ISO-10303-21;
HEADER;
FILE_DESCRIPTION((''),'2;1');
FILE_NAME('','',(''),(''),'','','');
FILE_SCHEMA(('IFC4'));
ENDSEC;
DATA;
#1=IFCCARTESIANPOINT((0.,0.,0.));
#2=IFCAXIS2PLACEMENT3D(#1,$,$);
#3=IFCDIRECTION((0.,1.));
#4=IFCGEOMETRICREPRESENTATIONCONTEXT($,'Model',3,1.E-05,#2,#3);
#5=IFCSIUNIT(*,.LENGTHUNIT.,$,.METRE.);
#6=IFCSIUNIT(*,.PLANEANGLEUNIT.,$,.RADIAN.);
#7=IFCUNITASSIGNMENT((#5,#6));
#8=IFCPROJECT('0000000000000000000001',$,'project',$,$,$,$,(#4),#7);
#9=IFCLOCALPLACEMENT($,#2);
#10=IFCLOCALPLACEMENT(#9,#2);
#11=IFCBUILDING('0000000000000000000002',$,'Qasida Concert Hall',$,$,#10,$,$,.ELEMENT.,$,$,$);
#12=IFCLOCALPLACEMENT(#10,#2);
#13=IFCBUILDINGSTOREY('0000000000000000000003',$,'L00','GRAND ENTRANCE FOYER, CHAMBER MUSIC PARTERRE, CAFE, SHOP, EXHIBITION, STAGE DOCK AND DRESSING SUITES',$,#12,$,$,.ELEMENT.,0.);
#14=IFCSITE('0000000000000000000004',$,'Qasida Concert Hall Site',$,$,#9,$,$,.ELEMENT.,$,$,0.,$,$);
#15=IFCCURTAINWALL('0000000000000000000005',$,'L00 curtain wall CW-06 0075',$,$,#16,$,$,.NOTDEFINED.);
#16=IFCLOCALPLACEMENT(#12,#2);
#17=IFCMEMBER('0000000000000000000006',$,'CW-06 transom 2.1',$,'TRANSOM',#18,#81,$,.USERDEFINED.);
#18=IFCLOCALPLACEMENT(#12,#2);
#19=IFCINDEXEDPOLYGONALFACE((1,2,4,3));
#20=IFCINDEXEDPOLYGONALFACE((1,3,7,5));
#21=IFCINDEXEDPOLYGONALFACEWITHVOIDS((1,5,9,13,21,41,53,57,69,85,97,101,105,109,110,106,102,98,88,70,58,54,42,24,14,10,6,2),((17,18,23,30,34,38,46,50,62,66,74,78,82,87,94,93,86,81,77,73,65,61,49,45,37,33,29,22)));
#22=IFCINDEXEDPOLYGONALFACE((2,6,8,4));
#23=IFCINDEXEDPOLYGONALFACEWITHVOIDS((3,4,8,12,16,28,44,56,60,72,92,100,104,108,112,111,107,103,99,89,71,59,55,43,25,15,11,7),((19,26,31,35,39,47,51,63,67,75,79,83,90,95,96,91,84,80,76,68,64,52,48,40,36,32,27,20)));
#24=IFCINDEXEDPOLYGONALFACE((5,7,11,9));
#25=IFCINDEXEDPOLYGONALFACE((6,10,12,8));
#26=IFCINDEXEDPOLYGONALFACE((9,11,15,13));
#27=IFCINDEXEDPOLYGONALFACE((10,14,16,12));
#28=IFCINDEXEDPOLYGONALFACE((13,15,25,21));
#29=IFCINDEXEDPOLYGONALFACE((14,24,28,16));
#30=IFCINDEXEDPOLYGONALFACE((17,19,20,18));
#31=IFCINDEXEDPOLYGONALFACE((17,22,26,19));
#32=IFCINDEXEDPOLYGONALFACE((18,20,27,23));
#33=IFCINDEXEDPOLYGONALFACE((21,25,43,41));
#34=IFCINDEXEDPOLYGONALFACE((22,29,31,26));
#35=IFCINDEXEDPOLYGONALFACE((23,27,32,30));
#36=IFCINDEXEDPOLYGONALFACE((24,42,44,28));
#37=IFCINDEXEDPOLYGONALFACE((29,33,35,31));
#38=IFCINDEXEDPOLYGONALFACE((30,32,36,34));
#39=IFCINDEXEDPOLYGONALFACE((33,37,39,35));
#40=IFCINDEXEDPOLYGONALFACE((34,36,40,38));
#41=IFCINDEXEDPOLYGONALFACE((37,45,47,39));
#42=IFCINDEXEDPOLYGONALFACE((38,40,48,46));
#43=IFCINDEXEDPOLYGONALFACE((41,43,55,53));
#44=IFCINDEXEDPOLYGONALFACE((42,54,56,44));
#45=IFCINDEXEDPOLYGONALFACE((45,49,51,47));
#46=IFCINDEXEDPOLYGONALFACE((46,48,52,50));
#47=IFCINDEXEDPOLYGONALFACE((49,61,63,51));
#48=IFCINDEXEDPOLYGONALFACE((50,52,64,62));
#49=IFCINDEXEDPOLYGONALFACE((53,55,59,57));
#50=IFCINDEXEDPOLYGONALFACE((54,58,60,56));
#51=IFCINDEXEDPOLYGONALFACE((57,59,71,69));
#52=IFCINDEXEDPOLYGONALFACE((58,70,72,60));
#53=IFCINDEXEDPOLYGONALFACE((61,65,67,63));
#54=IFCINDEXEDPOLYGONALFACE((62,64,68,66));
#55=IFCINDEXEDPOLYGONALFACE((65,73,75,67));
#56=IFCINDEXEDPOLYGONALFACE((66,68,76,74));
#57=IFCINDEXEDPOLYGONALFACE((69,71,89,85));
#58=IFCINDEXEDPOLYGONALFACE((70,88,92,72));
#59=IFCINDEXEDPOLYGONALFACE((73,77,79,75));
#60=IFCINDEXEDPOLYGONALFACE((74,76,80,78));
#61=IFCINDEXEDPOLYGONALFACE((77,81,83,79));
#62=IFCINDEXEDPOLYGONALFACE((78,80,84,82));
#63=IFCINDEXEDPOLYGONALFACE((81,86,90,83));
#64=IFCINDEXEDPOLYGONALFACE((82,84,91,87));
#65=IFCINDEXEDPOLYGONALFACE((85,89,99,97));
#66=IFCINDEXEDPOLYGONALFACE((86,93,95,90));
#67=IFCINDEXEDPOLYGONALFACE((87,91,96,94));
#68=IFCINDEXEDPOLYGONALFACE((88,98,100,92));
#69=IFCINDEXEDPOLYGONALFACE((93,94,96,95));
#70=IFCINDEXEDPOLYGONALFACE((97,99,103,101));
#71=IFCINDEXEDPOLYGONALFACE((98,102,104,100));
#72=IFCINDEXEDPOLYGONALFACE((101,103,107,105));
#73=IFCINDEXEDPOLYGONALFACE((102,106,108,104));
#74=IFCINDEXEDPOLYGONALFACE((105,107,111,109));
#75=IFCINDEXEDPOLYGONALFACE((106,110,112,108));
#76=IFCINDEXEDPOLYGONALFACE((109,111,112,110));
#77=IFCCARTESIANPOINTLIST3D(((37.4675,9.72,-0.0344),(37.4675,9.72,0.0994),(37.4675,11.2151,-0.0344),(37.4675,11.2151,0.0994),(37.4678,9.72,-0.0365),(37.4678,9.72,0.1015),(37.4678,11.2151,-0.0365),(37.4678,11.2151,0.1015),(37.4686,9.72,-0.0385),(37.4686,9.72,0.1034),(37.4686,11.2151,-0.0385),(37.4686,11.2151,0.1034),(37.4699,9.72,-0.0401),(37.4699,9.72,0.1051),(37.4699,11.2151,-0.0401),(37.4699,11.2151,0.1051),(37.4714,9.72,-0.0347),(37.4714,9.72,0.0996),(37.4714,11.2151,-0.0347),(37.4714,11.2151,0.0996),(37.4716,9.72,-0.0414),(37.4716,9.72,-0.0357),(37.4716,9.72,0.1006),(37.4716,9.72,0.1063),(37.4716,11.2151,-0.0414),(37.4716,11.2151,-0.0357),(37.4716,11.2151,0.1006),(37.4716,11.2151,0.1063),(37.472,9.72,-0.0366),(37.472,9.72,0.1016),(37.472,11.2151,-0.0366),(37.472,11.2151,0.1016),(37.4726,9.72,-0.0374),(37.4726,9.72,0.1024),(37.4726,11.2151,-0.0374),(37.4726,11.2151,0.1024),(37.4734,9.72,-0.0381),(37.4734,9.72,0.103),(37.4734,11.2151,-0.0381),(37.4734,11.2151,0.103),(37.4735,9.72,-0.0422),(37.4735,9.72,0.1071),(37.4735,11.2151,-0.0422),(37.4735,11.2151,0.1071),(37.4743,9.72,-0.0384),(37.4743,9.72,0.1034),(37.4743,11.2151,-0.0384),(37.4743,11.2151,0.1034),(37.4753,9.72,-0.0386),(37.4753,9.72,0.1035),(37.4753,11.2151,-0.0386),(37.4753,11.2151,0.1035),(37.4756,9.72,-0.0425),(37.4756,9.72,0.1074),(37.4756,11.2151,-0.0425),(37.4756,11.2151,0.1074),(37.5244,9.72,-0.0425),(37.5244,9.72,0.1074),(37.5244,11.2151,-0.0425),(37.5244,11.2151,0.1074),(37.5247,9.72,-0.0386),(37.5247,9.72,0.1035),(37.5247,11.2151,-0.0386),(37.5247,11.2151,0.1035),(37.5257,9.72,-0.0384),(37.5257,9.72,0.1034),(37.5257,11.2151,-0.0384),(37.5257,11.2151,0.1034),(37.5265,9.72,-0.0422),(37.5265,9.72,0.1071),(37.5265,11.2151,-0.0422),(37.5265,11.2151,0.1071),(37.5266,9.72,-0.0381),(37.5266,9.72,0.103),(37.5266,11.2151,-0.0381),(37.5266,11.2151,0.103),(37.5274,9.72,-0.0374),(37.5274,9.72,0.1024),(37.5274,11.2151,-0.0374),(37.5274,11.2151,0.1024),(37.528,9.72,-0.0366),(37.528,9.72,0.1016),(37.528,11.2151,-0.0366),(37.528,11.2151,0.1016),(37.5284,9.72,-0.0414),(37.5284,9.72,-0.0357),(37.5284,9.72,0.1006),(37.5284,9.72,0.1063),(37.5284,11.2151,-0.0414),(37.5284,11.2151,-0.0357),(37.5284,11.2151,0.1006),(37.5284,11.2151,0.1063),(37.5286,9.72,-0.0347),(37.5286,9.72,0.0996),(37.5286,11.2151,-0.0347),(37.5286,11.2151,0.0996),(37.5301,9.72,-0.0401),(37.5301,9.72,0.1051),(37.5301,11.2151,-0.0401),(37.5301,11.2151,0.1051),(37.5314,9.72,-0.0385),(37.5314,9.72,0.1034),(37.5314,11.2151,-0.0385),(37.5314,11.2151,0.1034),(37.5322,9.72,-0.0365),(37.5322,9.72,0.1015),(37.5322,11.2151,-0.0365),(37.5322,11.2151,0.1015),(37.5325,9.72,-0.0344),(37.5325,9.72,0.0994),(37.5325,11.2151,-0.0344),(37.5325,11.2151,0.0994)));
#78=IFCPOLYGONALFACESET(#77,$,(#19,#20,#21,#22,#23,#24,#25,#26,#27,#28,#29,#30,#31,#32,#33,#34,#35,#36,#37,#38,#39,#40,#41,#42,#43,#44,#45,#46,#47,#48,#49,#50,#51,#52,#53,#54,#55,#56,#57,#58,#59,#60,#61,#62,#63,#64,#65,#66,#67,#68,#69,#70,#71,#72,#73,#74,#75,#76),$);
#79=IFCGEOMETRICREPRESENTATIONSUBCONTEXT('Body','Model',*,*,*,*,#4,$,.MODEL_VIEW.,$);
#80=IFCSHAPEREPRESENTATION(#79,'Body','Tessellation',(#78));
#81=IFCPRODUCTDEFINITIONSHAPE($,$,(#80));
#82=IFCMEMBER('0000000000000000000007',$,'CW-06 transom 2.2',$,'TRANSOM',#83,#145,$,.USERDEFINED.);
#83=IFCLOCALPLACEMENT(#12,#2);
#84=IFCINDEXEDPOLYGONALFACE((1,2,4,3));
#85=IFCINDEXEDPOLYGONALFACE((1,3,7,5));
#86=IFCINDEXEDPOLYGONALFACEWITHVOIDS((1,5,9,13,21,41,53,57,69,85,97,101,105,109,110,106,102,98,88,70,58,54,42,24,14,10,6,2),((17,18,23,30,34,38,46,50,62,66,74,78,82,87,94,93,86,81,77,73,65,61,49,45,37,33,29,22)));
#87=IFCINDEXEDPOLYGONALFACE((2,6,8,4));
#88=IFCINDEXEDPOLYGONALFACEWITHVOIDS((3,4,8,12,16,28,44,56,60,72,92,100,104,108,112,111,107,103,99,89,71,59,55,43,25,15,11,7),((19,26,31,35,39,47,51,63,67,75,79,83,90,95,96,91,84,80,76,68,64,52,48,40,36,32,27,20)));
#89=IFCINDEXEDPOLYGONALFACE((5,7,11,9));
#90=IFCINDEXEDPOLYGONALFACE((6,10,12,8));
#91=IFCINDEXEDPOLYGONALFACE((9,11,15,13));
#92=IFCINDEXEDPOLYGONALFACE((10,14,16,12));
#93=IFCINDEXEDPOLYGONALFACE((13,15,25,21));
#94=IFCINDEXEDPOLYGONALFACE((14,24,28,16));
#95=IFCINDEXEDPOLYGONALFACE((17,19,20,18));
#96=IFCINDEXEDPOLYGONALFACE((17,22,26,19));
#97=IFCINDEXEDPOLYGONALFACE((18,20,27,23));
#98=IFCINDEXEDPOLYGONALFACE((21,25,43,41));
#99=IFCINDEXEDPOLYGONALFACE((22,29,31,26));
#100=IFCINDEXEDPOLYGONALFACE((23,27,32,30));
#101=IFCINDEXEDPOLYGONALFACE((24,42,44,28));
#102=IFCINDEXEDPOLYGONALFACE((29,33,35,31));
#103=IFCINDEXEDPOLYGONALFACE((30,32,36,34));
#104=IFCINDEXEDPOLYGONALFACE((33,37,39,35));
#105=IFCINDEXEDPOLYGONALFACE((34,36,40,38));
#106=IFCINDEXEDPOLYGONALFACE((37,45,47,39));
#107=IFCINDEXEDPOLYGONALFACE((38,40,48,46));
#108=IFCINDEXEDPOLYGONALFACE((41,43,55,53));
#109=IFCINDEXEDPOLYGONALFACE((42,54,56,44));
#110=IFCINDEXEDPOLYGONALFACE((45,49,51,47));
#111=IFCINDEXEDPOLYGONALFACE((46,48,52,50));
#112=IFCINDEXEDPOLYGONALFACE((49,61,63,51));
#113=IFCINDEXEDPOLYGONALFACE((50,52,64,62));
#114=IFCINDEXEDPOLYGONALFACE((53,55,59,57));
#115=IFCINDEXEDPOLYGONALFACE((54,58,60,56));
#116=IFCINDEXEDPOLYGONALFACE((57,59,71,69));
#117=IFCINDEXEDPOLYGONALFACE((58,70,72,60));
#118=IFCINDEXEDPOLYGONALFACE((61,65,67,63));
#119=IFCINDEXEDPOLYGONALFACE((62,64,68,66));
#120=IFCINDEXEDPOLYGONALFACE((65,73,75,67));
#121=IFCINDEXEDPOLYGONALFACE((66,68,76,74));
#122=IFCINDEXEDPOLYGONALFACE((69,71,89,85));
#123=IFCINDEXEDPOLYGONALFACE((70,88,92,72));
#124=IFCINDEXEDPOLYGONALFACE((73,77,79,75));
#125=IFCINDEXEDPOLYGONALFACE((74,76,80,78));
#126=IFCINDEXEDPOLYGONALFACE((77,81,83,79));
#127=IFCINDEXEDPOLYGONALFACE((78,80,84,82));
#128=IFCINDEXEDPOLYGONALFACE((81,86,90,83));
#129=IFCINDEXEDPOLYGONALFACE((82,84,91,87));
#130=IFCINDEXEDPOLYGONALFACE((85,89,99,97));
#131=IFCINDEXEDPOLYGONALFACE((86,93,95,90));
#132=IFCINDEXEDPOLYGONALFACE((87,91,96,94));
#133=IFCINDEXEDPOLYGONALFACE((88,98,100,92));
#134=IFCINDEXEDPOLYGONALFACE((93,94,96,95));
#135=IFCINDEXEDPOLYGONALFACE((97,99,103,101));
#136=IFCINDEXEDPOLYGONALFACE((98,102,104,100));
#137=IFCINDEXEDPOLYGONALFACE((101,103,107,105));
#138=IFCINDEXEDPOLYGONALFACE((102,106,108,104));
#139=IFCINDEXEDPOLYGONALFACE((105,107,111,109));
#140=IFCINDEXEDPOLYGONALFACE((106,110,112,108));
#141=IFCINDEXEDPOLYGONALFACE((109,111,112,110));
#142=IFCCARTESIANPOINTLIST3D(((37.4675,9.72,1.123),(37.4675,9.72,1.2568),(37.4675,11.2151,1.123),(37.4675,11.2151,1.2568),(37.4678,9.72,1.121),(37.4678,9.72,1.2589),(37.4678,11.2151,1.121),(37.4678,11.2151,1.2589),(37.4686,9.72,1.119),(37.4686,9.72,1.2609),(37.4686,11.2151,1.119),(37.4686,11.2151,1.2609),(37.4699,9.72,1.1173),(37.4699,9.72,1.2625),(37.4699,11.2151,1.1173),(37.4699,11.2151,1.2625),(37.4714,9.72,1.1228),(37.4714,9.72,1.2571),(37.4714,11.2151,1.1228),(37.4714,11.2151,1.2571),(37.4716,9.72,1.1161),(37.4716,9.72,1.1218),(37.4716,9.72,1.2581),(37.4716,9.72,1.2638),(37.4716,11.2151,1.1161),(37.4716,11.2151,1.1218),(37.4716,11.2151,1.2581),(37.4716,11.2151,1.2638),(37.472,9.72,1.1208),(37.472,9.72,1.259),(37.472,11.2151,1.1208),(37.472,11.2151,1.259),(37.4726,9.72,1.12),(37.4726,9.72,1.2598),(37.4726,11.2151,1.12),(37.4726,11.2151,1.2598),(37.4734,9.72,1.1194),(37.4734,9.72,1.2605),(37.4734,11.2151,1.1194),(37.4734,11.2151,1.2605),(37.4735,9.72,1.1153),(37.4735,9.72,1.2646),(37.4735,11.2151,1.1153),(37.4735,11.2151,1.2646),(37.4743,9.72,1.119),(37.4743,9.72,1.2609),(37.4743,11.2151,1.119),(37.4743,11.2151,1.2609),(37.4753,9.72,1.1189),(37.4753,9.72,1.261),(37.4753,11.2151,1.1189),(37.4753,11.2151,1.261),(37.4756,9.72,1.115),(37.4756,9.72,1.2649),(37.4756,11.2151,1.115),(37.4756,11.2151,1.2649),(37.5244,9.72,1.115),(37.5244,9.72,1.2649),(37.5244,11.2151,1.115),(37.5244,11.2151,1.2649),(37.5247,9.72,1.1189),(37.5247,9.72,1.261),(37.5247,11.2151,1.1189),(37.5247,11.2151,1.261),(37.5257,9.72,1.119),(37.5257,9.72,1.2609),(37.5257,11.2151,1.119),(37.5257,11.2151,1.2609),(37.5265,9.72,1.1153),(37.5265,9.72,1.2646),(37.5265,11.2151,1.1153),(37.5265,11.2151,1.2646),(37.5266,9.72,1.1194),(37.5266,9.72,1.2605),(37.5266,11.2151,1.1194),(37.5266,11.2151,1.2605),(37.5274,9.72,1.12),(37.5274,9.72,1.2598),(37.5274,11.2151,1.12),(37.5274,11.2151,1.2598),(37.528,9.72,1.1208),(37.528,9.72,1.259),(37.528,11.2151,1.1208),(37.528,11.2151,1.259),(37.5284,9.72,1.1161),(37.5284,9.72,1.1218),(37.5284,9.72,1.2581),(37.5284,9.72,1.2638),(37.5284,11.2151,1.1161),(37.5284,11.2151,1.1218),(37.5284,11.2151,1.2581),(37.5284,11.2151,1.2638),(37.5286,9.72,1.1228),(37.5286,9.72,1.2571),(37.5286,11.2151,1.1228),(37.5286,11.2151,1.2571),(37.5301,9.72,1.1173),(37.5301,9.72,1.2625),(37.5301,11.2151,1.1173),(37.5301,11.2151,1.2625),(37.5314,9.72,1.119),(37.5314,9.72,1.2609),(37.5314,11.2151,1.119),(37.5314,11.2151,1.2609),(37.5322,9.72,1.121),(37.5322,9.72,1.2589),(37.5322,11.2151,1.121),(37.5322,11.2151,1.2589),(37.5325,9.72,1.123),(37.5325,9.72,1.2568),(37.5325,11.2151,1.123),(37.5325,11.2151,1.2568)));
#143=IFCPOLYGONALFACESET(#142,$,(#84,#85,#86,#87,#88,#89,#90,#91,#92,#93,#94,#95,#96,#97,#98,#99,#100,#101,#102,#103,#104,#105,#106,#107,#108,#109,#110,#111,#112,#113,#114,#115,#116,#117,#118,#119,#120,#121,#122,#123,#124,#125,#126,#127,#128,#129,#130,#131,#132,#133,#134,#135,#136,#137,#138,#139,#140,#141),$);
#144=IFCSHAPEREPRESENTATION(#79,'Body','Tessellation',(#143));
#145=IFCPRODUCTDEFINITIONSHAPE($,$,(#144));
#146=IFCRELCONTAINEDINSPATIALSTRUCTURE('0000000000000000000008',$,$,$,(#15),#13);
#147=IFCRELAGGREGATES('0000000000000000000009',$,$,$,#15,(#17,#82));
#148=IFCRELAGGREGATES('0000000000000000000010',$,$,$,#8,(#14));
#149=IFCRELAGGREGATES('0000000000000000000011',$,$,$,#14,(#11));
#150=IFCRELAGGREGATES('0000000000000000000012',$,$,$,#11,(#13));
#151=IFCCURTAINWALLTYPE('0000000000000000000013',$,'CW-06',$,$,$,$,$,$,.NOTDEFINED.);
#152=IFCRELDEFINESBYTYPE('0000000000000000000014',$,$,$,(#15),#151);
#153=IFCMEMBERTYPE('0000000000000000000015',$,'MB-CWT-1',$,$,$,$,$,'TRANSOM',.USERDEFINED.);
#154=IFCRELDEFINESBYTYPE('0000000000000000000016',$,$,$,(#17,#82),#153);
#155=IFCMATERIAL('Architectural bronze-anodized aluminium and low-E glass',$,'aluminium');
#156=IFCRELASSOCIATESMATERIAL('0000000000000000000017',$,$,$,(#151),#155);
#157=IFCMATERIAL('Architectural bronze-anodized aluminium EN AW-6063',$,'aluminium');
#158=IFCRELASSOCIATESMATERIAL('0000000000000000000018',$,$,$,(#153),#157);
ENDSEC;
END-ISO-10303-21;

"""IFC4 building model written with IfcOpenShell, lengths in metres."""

from ifc_helpers import new_model, si_unit, direction, frame, origin, origin_2d, place, context, subcontext, project, spatial, hollow_rectangle, extrude, material, material_profile, profile_set, type_object, element, aggregate, save


model = new_model("IFC4")

# Units and contexts
model_context = context("Model", 3, precision=1e-05, world=origin(), true_north=direction((0.0, 1.0)))
body_context = subcontext(model_context, "Body", "Model", "MODEL_VIEW")
ifc_project = project(units=[si_unit("LENGTHUNIT", "METRE"), si_unit("PLANEANGLEUNIT", "RADIAN")], contexts=[model_context])

# Site, building, storey
site_placement = place(None, origin())
site = spatial("IfcSite", under=ifc_project, at=site_placement, Name="Qasida Concert Hall Site", CompositionType="ELEMENT", RefElevation=0.0)
building_placement = place(site_placement, origin())
building = spatial("IfcBuilding", under=site, at=building_placement, Name="Qasida Concert Hall", CompositionType="ELEMENT")
storey_placement = place(building_placement, origin())
storey = spatial("IfcBuildingStorey", under=building, at=storey_placement, Name="L00", Description="GRAND ENTRANCE FOYER, CHAMBER MUSIC PARTERRE, CAFE, SHOP, EXHIBITION, STAGE DOCK AND DRESSING SUITES", CompositionType="ELEMENT", Elevation=0.0)

# Curtain wall, members
ifc_material_1 = material(Name="Architectural bronze-anodized aluminium and low-E glass", Category="aluminium")
curtain_wall_type = type_object("IfcCurtainWallType", Name="CW-06", PredefinedType="NOTDEFINED", material=ifc_material_1)
curtain_wall_placement = place(storey_placement, origin())
curtain_wall = element("IfcCurtainWall", 1, at=curtain_wall_placement, inside=storey, type_object=curtain_wall_type, Name="L00 curtain wall CW-06 0075", PredefinedType="NOTDEFINED")
ifc_material_2 = material(Name="Architectural bronze-anodized aluminium EN AW-6063", Category="aluminium")
ifc_material_profile_1 = material_profile(ifc_material_2, hollow_rectangle(XDim=0.0649, YDim=0.1499, WallThickness=0.0039, InnerFilletRadius=0.0039, OuterFilletRadius=0.0081, at=origin_2d()), Name="CWT 150x65x4")
ifc_profile_set_1 = profile_set([ifc_material_profile_1], Name="Architectural bronze-anodized aluminium EN AW-6063")
member_type_1 = type_object("IfcMemberType", Name="MB-CWT-1", ElementType="TRANSOM", PredefinedType="USERDEFINED", material=ifc_profile_set_1)
member_1_placement = place(storey_placement, frame((37.5, 9.72, 0.0325), z_axis=(0.0, 1.0, 0.0), x_axis=(-1.0, 0.0, 0.0)))
member_1 = element("IfcMember", 2, at=member_1_placement, type_object=member_type_1, Name="CW-06 transom 2.1", ObjectType="TRANSOM", PredefinedType="USERDEFINED", context=body_context, shape_type="SweptSolid", body=[
    extrude(hollow_rectangle(XDim=0.0649, YDim=0.1499, WallThickness=0.0039, InnerFilletRadius=0.0039, OuterFilletRadius=0.0081, at=origin_2d()), origin(), (0.0, 0.0, 1.0), 1.4951),
])
member_2_placement = place(storey_placement, frame((37.5, 9.72, 1.1899), z_axis=(0.0, 1.0, 0.0), x_axis=(-1.0, 0.0, 0.0)))
member_2 = element("IfcMember", 3, at=member_2_placement, type_object=member_type_1, Name="CW-06 transom 2.2", ObjectType="TRANSOM", PredefinedType="USERDEFINED", context=body_context, shape_type="SweptSolid", body=[
    extrude(hollow_rectangle(XDim=0.0649, YDim=0.1499, WallThickness=0.0039, InnerFilletRadius=0.0039, OuterFilletRadius=0.0081, at=origin_2d()), origin(), (0.0, 0.0, 1.0), 1.4951),
])
aggregate(curtain_wall, [member_1, member_2])

save(model, "model.ifc")
